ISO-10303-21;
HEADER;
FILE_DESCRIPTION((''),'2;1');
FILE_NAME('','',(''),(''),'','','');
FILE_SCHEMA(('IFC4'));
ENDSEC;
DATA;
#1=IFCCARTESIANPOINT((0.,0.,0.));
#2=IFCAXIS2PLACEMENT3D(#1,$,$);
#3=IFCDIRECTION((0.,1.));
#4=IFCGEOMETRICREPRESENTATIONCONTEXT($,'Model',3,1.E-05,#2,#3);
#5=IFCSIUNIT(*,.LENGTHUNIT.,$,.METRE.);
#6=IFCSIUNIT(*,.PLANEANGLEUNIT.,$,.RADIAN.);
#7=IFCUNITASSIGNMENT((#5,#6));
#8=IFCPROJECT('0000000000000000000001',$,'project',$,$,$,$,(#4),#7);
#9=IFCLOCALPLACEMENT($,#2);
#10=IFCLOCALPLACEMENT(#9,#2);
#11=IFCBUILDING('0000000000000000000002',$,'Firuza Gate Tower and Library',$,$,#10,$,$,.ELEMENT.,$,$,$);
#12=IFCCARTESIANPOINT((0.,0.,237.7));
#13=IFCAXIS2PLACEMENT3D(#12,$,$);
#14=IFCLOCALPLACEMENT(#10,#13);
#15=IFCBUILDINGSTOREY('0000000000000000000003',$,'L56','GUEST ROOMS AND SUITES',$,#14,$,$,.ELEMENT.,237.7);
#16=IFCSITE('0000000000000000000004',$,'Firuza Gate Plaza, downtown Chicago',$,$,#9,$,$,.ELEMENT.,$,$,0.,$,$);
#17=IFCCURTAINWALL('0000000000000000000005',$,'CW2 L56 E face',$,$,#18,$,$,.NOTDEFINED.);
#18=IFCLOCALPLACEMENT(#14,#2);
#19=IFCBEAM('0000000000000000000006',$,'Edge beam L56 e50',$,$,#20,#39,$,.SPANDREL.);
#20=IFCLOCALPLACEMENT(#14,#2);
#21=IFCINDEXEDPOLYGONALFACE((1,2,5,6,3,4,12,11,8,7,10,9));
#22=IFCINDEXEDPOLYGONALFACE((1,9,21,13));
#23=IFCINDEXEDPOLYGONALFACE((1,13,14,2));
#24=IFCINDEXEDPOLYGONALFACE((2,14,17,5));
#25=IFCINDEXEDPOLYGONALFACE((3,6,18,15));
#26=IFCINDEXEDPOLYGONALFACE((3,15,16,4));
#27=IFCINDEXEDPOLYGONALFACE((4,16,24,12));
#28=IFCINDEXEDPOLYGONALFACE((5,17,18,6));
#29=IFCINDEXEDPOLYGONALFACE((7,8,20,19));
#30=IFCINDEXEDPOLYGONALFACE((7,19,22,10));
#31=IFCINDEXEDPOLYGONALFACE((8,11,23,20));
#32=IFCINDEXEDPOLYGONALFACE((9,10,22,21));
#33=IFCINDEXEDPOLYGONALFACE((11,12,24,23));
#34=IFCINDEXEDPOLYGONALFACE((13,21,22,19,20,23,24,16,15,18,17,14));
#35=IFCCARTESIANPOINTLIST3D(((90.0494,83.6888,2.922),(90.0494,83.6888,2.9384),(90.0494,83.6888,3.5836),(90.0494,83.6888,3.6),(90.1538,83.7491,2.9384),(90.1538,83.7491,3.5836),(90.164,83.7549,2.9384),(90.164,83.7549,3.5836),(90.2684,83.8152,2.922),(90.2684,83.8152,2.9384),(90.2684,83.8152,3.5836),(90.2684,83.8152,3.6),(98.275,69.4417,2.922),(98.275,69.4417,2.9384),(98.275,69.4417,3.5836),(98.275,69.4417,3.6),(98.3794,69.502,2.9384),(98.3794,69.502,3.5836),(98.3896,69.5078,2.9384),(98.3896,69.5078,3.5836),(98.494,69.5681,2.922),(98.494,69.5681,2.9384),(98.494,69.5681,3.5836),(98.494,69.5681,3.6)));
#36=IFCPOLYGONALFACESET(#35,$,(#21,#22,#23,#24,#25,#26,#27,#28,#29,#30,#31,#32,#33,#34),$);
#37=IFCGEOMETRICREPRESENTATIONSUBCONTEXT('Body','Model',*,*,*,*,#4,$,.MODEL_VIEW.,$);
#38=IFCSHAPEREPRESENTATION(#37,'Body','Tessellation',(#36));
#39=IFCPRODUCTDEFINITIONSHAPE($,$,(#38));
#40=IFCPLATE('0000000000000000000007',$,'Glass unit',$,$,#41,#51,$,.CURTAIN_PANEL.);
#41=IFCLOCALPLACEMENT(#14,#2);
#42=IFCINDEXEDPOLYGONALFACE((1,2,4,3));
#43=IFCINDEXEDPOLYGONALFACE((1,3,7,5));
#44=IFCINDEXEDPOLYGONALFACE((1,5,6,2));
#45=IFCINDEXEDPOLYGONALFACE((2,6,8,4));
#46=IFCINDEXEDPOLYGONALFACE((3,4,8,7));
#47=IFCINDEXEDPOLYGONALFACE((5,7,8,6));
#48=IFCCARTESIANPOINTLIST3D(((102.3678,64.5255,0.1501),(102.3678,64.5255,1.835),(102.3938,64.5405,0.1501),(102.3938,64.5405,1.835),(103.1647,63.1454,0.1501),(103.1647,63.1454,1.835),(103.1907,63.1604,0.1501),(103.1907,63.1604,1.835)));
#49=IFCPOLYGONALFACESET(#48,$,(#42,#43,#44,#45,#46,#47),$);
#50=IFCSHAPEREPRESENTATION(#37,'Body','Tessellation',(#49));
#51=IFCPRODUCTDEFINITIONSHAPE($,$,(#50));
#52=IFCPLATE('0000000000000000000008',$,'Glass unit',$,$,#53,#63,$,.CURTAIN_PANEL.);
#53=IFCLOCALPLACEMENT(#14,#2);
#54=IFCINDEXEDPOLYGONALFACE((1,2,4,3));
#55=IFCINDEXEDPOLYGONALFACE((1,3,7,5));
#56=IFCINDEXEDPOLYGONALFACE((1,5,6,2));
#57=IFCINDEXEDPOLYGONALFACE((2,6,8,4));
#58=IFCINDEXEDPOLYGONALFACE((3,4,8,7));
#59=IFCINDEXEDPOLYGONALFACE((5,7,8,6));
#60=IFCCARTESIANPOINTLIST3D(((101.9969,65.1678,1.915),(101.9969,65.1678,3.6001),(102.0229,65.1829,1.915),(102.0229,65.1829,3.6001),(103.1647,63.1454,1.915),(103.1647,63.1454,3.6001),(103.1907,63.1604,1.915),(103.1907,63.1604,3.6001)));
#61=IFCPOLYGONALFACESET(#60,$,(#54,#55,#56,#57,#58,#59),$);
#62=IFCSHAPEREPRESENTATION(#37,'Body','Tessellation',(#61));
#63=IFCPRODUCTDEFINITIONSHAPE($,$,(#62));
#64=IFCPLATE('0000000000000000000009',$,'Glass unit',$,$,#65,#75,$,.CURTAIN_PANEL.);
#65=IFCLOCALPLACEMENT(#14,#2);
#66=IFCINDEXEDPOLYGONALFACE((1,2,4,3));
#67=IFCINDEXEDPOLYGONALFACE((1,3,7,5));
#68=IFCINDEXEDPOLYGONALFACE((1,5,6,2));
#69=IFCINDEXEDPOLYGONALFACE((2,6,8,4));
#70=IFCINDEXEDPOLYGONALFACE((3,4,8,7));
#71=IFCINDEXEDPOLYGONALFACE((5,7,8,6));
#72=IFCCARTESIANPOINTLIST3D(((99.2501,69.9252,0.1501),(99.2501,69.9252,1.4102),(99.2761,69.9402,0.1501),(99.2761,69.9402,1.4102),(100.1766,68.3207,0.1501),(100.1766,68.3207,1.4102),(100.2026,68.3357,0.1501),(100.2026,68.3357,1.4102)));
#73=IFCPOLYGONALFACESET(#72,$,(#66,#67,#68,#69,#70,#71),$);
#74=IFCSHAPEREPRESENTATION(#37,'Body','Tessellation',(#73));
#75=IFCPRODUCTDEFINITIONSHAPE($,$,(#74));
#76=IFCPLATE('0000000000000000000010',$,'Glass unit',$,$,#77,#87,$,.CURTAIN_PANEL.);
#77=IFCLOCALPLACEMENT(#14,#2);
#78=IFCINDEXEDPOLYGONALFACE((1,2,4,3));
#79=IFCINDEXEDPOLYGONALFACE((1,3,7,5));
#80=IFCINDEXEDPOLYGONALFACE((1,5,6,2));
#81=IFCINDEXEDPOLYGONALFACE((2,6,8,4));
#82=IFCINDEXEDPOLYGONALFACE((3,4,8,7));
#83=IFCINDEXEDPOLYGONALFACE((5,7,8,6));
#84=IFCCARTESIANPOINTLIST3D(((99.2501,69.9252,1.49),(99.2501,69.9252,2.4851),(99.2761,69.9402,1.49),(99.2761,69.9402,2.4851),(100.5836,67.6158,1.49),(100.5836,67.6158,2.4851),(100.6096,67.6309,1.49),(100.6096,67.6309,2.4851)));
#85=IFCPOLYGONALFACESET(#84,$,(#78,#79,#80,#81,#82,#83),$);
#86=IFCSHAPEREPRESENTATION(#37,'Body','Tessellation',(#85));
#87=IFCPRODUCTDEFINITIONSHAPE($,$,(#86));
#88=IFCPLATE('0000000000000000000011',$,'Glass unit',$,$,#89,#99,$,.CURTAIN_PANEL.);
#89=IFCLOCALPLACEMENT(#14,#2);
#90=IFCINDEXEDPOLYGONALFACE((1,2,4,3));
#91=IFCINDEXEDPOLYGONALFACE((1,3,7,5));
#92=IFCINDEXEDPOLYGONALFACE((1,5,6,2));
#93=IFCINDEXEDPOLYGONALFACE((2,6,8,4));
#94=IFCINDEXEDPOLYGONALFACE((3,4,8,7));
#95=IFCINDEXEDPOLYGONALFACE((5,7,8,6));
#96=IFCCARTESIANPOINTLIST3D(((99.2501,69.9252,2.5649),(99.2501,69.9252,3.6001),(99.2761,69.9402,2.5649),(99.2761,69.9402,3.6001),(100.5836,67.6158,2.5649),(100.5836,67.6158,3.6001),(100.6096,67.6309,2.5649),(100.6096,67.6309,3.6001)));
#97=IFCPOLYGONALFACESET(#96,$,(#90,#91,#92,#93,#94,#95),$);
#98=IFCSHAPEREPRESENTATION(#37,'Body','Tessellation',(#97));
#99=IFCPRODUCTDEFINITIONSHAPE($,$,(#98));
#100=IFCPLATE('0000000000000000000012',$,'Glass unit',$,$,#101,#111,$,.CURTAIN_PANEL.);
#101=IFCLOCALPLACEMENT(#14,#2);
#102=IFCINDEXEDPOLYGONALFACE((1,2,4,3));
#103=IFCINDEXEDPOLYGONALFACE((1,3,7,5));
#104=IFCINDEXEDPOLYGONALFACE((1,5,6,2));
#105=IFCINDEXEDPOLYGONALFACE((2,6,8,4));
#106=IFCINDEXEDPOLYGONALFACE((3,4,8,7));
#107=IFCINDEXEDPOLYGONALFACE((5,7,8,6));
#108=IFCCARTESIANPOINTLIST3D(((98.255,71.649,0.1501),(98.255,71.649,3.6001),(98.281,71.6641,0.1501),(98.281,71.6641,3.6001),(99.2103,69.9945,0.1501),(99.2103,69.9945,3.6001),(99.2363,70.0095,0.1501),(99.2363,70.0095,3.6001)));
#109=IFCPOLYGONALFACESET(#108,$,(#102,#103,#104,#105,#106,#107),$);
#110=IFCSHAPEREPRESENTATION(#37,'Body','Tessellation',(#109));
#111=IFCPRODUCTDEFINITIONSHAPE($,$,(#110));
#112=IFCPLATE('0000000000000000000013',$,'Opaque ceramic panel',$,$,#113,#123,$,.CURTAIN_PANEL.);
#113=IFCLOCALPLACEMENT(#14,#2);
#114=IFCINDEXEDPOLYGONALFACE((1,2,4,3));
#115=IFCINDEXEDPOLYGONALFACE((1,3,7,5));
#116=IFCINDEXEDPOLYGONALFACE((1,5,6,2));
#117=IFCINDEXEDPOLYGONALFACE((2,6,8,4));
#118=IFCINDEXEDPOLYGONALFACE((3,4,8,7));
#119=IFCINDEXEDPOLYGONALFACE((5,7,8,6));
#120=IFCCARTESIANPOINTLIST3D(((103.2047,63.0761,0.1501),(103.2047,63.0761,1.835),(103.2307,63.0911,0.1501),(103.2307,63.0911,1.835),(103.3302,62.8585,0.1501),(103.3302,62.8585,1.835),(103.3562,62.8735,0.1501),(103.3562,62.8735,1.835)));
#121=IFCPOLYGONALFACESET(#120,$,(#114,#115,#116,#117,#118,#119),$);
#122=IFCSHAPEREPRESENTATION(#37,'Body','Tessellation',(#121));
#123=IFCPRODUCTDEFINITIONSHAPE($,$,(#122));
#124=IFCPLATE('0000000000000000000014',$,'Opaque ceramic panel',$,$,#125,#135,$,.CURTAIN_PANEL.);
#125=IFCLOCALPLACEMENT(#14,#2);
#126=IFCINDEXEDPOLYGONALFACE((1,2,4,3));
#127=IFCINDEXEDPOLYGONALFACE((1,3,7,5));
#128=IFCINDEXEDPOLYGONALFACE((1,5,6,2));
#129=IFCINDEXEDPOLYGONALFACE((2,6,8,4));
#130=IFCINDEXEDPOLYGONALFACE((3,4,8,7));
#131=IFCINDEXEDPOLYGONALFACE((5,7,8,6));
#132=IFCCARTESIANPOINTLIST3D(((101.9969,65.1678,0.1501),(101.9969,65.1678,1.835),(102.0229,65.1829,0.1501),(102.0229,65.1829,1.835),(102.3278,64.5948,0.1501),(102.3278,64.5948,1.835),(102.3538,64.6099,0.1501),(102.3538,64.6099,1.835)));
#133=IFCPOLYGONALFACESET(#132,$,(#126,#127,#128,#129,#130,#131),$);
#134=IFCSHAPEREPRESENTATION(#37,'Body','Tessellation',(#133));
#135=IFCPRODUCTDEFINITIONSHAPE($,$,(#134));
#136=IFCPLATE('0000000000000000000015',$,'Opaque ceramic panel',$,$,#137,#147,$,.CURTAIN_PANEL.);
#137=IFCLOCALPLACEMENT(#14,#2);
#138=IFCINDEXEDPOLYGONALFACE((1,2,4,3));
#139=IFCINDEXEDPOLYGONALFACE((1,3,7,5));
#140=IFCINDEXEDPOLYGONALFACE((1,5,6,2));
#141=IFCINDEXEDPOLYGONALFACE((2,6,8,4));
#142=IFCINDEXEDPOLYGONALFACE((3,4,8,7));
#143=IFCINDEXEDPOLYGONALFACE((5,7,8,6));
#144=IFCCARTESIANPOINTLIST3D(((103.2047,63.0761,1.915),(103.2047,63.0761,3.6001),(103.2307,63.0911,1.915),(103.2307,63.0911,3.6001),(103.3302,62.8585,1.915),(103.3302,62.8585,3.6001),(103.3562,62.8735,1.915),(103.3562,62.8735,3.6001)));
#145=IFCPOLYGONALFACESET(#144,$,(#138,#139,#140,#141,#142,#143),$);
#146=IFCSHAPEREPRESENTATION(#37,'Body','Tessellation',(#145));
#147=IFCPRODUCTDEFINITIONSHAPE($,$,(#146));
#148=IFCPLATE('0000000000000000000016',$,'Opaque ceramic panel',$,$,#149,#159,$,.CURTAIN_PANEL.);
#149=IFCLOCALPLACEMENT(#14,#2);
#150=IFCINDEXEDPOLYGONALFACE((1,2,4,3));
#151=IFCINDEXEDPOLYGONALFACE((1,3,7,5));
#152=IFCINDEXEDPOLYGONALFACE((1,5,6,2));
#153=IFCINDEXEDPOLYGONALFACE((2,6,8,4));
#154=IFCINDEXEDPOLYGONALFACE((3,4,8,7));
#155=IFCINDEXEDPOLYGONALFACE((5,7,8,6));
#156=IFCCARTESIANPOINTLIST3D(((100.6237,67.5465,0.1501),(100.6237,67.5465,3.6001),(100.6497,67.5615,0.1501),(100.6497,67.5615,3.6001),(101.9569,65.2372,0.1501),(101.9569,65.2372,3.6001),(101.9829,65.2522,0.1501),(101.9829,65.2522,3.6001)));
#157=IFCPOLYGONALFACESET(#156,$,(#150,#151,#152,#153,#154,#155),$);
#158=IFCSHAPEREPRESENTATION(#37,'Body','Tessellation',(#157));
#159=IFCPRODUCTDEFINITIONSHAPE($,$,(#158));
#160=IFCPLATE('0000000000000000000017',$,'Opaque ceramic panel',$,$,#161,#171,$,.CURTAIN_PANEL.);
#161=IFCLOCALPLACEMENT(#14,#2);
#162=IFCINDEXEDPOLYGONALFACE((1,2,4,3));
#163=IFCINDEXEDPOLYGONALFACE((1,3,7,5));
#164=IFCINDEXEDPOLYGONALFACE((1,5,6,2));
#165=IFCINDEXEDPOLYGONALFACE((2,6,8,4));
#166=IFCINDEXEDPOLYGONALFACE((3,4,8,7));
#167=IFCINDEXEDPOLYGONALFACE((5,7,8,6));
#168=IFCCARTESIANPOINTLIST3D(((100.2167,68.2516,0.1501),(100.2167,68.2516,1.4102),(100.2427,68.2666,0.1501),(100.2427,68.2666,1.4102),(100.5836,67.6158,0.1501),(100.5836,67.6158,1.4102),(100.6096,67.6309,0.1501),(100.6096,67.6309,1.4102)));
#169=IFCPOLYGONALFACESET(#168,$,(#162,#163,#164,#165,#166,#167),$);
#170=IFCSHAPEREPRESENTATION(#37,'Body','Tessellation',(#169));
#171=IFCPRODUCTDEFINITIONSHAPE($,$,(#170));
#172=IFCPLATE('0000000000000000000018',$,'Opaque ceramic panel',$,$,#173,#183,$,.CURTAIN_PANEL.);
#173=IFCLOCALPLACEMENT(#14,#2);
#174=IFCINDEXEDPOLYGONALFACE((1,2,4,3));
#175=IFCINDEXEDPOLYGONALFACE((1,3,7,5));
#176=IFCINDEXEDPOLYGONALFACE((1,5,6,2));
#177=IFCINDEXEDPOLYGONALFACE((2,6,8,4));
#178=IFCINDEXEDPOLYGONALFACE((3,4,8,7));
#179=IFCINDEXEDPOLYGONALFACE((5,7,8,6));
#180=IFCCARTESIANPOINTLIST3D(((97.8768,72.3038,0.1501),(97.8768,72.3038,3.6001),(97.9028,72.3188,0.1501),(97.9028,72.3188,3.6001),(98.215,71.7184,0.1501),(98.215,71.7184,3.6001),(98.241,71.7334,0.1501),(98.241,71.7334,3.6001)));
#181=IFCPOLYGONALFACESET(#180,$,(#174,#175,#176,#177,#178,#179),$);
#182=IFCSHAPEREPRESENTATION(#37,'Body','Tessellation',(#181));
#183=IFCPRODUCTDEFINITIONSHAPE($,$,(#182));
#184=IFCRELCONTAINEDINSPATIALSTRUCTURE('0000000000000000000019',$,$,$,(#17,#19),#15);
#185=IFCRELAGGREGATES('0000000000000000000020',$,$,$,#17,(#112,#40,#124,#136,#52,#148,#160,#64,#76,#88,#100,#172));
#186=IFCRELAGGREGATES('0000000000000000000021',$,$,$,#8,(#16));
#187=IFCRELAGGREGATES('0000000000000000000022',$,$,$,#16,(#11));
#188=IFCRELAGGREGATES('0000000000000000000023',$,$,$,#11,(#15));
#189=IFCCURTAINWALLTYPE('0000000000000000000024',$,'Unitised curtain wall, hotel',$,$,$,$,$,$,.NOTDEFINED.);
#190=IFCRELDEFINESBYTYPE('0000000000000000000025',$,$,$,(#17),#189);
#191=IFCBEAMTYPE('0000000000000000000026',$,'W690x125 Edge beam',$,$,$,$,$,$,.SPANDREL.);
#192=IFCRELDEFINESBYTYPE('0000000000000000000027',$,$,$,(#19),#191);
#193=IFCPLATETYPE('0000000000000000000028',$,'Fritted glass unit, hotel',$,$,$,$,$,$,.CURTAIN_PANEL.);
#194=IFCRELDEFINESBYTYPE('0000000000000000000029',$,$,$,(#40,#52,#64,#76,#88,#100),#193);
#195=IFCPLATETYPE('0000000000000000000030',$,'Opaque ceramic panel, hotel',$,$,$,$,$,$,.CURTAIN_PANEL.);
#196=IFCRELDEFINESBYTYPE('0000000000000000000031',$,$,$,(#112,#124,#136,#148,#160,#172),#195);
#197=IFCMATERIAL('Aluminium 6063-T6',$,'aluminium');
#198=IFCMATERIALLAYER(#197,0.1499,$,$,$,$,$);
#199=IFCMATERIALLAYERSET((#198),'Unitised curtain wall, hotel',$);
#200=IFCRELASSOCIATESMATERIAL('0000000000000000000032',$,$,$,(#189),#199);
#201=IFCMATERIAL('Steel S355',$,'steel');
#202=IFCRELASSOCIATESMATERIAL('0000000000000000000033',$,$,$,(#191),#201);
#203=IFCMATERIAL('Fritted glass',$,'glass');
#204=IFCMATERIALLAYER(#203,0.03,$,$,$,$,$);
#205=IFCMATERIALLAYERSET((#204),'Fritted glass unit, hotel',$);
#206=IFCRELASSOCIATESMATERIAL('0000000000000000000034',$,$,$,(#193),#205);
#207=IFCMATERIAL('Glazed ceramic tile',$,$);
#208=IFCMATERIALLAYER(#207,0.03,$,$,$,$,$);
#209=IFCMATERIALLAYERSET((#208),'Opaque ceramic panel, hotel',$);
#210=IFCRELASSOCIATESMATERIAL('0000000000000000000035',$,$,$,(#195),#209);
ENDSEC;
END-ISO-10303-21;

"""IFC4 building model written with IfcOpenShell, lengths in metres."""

from ifc_helpers import new_model, si_unit, direction, frame, origin, origin_2d, place, context, subcontext, project, spatial, polyline, i_section, outline, extrude, material, layer, layer_set, material_profile, profile_set, type_object, element, aggregate, save


model = new_model("IFC4")

# Units and contexts
model_context = context("Model", 3, precision=1e-05, world=origin(), true_north=direction((0.0, 1.0)))
body_context = subcontext(model_context, "Body", "Model", "MODEL_VIEW")
ifc_project = project(units=[si_unit("LENGTHUNIT", "METRE"), si_unit("PLANEANGLEUNIT", "RADIAN")], contexts=[model_context])

# Site, building, storey
site_placement = place(None, origin())
site = spatial("IfcSite", under=ifc_project, at=site_placement, Name="Firuza Gate Plaza, downtown Chicago", CompositionType="ELEMENT", RefElevation=0.0)
building_placement = place(site_placement, origin())
building = spatial("IfcBuilding", under=site, at=building_placement, Name="Firuza Gate Tower and Library", CompositionType="ELEMENT")
storey_placement = place(building_placement, frame((0.0, 0.0, 237.7)))
storey = spatial("IfcBuildingStorey", under=building, at=storey_placement, Name="L56", Description="GUEST ROOMS AND SUITES", CompositionType="ELEMENT", Elevation=237.7)

# Curtain wall
ifc_material_1 = material(Name="Aluminium 6063-T6", Category="aluminium")
ifc_layer_1 = layer(ifc_material_1, 0.1499)
ifc_layer_set_1 = layer_set([ifc_layer_1], Name="Unitised curtain wall, hotel")
curtain_wall_type = type_object("IfcCurtainWallType", Name="Unitised curtain wall, hotel", PredefinedType="NOTDEFINED", material=ifc_layer_set_1)
curtain_wall_placement = place(storey_placement, origin())
curtain_wall = element("IfcCurtainWall", 1, at=curtain_wall_placement, inside=storey, type_object=curtain_wall_type, Name="CW2 L56 E face", PredefinedType="NOTDEFINED")

# Beam
ifc_material_2 = material(Name="Steel S355", Category="steel")
ifc_material_profile_1 = material_profile(ifc_material_2, i_section(OverallWidth=0.2529, OverallDepth=0.678, WebThickness=0.0117, FlangeThickness=0.0164, at=origin_2d()))
ifc_profile_set_1 = profile_set([ifc_material_profile_1], Name="Steel S355")
beam_type_1 = type_object("IfcBeamType", Name="W690x125 Edge beam", PredefinedType="SPANDREL", material=ifc_profile_set_1)
beam_1_placement = place(storey_placement, frame((98.3845, 69.5049, 3.261), z_axis=(-0.500002, 0.866024, 0.0), x_axis=(-0.866024, -0.500002, 0.0)))
element("IfcBeam", 2, at=beam_1_placement, inside=storey, type_object=beam_type_1, Name="Edge beam L56 e50", PredefinedType="SPANDREL", context=body_context, shape_type="SweptSolid", body=[
    extrude(i_section(OverallWidth=0.2529, OverallDepth=0.678, WebThickness=0.0117, FlangeThickness=0.0164, at=origin_2d()), origin(), (0.0, 0.0, 1.0), 16.4512),
])

# Plates
ifc_material_3 = material(Name="Fritted glass", Category="glass")
ifc_layer_2 = layer(ifc_material_3, 0.03)
ifc_layer_set_2 = layer_set([ifc_layer_2], Name="Fritted glass unit, hotel")
plate_type_1 = type_object("IfcPlateType", Name="Fritted glass unit, hotel", PredefinedType="CURTAIN_PANEL", material=ifc_layer_set_2)
plate_1_placement = place(storey_placement, frame((103.1907, 63.1604, 0.1501), z_axis=(0.86601, 0.500027, 0.0), x_axis=(-0.500027, 0.86601, 0.0)))
plate_1 = element("IfcPlate", 3, at=plate_1_placement, type_object=plate_type_1, Name="Glass unit", PredefinedType="CURTAIN_PANEL", context=body_context, shape_type="SweptSolid", body=[
    extrude(outline(polyline([(0.0, 0.0), (1.5937, 0.0), (1.5937, 1.6848), (0.0, 1.6848), (0.0, 0.0)])), origin(), (0.0, 0.0, -1.0), 0.03),
])
plate_2_placement = place(storey_placement, frame((103.1907, 63.1604, 1.915), z_axis=(0.866015, 0.500018, 0.0), x_axis=(-0.500018, 0.866015, 0.0)))
plate_2 = element("IfcPlate", 4, at=plate_2_placement, type_object=plate_type_1, Name="Glass unit", PredefinedType="CURTAIN_PANEL", context=body_context, shape_type="SweptSolid", body=[
    extrude(outline(polyline([(0.0, 0.0), (2.3354, 0.0), (2.3354, 1.6851), (0.0, 1.6851), (0.0, 0.0)])), origin(), (0.0, 0.0, -1.0), 0.03),
])
plate_3_placement = place(storey_placement, frame((100.2026, 68.3357, 0.1501), z_axis=(0.865988, 0.500065, 0.0), x_axis=(-0.500065, 0.865988, 0.0)))
plate_3 = element("IfcPlate", 5, at=plate_3_placement, type_object=plate_type_1, Name="Glass unit", PredefinedType="CURTAIN_PANEL", context=body_context, shape_type="SweptSolid", body=[
    extrude(outline(polyline([(0.0, 0.0), (1.8528, 0.0), (1.8528, 1.26), (0.0, 1.26), (0.0, 0.0)])), origin(), (0.0, 0.0, -1.0), 0.03),
])
plate_4_placement = place(storey_placement, frame((100.6096, 67.6309, 1.49), z_axis=(0.865992, 0.500058, 0.0), x_axis=(-0.500058, 0.865992, 0.0)))
plate_4 = element("IfcPlate", 6, at=plate_4_placement, type_object=plate_type_1, Name="Glass unit", PredefinedType="CURTAIN_PANEL", context=body_context, shape_type="SweptSolid", body=[
    extrude(outline(polyline([(0.0, 0.0), (2.6667, 0.0), (2.6667, 0.9951), (0.0, 0.9951), (0.0, 0.0)])), origin(), (0.0, 0.0, -1.0), 0.03),
])
plate_5_placement = place(storey_placement, frame((100.6096, 67.6309, 2.5649), z_axis=(0.865992, 0.500058, 0.0), x_axis=(-0.500058, 0.865992, 0.0)))
plate_5 = element("IfcPlate", 7, at=plate_5_placement, type_object=plate_type_1, Name="Glass unit", PredefinedType="CURTAIN_PANEL", context=body_context, shape_type="SweptSolid", body=[
    extrude(outline(polyline([(0.0, 0.0), (2.6667, 0.0), (2.6667, 1.0352), (0.0, 1.0352), (0.0, 0.0)])), origin(), (0.0, 0.0, -1.0), 0.03),
])
plate_6_placement = place(storey_placement, frame((99.2363, 70.0095, 0.1501), z_axis=(0.866009, 0.500028, 0.0), x_axis=(-0.500028, 0.866009, 0.0)))
plate_6 = element("IfcPlate", 8, at=plate_6_placement, type_object=plate_type_1, Name="Glass unit", PredefinedType="CURTAIN_PANEL", context=body_context, shape_type="SweptSolid", body=[
    extrude(outline(polyline([(0.0, 0.0), (1.9105, 0.0), (1.9105, 3.45), (0.0, 3.45), (0.0, 0.0)])), origin(), (0.0, 0.0, -1.0), 0.03),
])
ifc_material_4 = material(Name="Glazed ceramic tile")
ifc_layer_3 = layer(ifc_material_4, 0.03)
ifc_layer_set_3 = layer_set([ifc_layer_3], Name="Opaque ceramic panel, hotel")
plate_type_2 = type_object("IfcPlateType", Name="Opaque ceramic panel, hotel", PredefinedType="CURTAIN_PANEL", material=ifc_layer_set_3)
plate_7_placement = place(storey_placement, frame((103.3562, 62.8735, 0.1501), z_axis=(0.866202, 0.499694, 0.0), x_axis=(-0.499694, 0.866202, 0.0)))
plate_7 = element("IfcPlate", 9, at=plate_7_placement, type_object=plate_type_2, Name="Opaque ceramic panel", PredefinedType="CURTAIN_PANEL", context=body_context, shape_type="SweptSolid", body=[
    extrude(outline(polyline([(0.0, 0.0), (0.2511, 0.0), (0.2511, 1.6848), (0.0, 1.6848), (0.0, 0.0)])), origin(), (0.0, 0.0, -1.0), 0.03),
])
plate_8_placement = place(storey_placement, frame((102.3538, 64.6099, 0.1501), z_axis=(0.866032, 0.499989, 0.0), x_axis=(-0.499989, 0.866032, 0.0)))
plate_8 = element("IfcPlate", 10, at=plate_8_placement, type_object=plate_type_2, Name="Opaque ceramic panel", PredefinedType="CURTAIN_PANEL", context=body_context, shape_type="SweptSolid", body=[
    extrude(outline(polyline([(0.0, 0.0), (0.6616, 0.0), (0.6616, 1.6848), (0.0, 1.6848), (0.0, 0.0)])), origin(), (0.0, 0.0, -1.0), 0.03),
])
plate_9_placement = place(storey_placement, frame((103.3562, 62.8735, 1.915), z_axis=(0.866202, 0.499694, 0.0), x_axis=(-0.499694, 0.866202, 0.0)))
plate_9 = element("IfcPlate", 11, at=plate_9_placement, type_object=plate_type_2, Name="Opaque ceramic panel", PredefinedType="CURTAIN_PANEL", context=body_context, shape_type="SweptSolid", body=[
    extrude(outline(polyline([(0.0, 0.0), (0.2511, 0.0), (0.2511, 1.6851), (0.0, 1.6851), (0.0, 0.0)])), origin(), (0.0, 0.0, -1.0), 0.03),
])
plate_10_placement = place(storey_placement, frame((101.9829, 65.2522, 0.1501), z_axis=(0.866032, 0.499989, 0.0), x_axis=(-0.499989, 0.866032, 0.0)))
plate_10 = element("IfcPlate", 12, at=plate_10_placement, type_object=plate_type_2, Name="Opaque ceramic panel", PredefinedType="CURTAIN_PANEL", context=body_context, shape_type="SweptSolid", body=[
    extrude(outline(polyline([(0.0, 0.0), (2.6666, 0.0), (2.6666, 3.45), (0.0, 3.45), (0.0, 0.0)])), origin(), (0.0, 0.0, -1.0), 0.03),
])
plate_11_placement = place(storey_placement, frame((100.6096, 67.6309, 0.1501), z_axis=(0.866086, 0.499895, 0.0), x_axis=(-0.499895, 0.866086, 0.0)))
plate_11 = element("IfcPlate", 13, at=plate_11_placement, type_object=plate_type_2, Name="Opaque ceramic panel", PredefinedType="CURTAIN_PANEL", context=body_context, shape_type="SweptSolid", body=[
    extrude(outline(polyline([(0.0, 0.0), (0.734, 0.0), (0.734, 1.26), (0.0, 1.26), (0.0, 0.0)])), origin(), (0.0, 0.0, -1.0), 0.03),
])
plate_12_placement = place(storey_placement, frame((98.241, 71.7334, 0.1501), z_axis=(0.865945, 0.500139, 0.0), x_axis=(-0.500139, 0.865945, 0.0)))
plate_12 = element("IfcPlate", 14, at=plate_12_placement, type_object=plate_type_2, Name="Opaque ceramic panel", PredefinedType="CURTAIN_PANEL", context=body_context, shape_type="SweptSolid", body=[
    extrude(outline(polyline([(0.0, 0.0), (0.6761, 0.0), (0.6761, 3.45), (0.0, 3.45), (0.0, 0.0)])), origin(), (0.0, 0.0, -1.0), 0.03),
])
aggregate(curtain_wall, [plate_7, plate_1, plate_8, plate_9, plate_2, plate_10, plate_11, plate_3, plate_4, plate_5, plate_6, plate_12])

save(model, "model.ifc")
